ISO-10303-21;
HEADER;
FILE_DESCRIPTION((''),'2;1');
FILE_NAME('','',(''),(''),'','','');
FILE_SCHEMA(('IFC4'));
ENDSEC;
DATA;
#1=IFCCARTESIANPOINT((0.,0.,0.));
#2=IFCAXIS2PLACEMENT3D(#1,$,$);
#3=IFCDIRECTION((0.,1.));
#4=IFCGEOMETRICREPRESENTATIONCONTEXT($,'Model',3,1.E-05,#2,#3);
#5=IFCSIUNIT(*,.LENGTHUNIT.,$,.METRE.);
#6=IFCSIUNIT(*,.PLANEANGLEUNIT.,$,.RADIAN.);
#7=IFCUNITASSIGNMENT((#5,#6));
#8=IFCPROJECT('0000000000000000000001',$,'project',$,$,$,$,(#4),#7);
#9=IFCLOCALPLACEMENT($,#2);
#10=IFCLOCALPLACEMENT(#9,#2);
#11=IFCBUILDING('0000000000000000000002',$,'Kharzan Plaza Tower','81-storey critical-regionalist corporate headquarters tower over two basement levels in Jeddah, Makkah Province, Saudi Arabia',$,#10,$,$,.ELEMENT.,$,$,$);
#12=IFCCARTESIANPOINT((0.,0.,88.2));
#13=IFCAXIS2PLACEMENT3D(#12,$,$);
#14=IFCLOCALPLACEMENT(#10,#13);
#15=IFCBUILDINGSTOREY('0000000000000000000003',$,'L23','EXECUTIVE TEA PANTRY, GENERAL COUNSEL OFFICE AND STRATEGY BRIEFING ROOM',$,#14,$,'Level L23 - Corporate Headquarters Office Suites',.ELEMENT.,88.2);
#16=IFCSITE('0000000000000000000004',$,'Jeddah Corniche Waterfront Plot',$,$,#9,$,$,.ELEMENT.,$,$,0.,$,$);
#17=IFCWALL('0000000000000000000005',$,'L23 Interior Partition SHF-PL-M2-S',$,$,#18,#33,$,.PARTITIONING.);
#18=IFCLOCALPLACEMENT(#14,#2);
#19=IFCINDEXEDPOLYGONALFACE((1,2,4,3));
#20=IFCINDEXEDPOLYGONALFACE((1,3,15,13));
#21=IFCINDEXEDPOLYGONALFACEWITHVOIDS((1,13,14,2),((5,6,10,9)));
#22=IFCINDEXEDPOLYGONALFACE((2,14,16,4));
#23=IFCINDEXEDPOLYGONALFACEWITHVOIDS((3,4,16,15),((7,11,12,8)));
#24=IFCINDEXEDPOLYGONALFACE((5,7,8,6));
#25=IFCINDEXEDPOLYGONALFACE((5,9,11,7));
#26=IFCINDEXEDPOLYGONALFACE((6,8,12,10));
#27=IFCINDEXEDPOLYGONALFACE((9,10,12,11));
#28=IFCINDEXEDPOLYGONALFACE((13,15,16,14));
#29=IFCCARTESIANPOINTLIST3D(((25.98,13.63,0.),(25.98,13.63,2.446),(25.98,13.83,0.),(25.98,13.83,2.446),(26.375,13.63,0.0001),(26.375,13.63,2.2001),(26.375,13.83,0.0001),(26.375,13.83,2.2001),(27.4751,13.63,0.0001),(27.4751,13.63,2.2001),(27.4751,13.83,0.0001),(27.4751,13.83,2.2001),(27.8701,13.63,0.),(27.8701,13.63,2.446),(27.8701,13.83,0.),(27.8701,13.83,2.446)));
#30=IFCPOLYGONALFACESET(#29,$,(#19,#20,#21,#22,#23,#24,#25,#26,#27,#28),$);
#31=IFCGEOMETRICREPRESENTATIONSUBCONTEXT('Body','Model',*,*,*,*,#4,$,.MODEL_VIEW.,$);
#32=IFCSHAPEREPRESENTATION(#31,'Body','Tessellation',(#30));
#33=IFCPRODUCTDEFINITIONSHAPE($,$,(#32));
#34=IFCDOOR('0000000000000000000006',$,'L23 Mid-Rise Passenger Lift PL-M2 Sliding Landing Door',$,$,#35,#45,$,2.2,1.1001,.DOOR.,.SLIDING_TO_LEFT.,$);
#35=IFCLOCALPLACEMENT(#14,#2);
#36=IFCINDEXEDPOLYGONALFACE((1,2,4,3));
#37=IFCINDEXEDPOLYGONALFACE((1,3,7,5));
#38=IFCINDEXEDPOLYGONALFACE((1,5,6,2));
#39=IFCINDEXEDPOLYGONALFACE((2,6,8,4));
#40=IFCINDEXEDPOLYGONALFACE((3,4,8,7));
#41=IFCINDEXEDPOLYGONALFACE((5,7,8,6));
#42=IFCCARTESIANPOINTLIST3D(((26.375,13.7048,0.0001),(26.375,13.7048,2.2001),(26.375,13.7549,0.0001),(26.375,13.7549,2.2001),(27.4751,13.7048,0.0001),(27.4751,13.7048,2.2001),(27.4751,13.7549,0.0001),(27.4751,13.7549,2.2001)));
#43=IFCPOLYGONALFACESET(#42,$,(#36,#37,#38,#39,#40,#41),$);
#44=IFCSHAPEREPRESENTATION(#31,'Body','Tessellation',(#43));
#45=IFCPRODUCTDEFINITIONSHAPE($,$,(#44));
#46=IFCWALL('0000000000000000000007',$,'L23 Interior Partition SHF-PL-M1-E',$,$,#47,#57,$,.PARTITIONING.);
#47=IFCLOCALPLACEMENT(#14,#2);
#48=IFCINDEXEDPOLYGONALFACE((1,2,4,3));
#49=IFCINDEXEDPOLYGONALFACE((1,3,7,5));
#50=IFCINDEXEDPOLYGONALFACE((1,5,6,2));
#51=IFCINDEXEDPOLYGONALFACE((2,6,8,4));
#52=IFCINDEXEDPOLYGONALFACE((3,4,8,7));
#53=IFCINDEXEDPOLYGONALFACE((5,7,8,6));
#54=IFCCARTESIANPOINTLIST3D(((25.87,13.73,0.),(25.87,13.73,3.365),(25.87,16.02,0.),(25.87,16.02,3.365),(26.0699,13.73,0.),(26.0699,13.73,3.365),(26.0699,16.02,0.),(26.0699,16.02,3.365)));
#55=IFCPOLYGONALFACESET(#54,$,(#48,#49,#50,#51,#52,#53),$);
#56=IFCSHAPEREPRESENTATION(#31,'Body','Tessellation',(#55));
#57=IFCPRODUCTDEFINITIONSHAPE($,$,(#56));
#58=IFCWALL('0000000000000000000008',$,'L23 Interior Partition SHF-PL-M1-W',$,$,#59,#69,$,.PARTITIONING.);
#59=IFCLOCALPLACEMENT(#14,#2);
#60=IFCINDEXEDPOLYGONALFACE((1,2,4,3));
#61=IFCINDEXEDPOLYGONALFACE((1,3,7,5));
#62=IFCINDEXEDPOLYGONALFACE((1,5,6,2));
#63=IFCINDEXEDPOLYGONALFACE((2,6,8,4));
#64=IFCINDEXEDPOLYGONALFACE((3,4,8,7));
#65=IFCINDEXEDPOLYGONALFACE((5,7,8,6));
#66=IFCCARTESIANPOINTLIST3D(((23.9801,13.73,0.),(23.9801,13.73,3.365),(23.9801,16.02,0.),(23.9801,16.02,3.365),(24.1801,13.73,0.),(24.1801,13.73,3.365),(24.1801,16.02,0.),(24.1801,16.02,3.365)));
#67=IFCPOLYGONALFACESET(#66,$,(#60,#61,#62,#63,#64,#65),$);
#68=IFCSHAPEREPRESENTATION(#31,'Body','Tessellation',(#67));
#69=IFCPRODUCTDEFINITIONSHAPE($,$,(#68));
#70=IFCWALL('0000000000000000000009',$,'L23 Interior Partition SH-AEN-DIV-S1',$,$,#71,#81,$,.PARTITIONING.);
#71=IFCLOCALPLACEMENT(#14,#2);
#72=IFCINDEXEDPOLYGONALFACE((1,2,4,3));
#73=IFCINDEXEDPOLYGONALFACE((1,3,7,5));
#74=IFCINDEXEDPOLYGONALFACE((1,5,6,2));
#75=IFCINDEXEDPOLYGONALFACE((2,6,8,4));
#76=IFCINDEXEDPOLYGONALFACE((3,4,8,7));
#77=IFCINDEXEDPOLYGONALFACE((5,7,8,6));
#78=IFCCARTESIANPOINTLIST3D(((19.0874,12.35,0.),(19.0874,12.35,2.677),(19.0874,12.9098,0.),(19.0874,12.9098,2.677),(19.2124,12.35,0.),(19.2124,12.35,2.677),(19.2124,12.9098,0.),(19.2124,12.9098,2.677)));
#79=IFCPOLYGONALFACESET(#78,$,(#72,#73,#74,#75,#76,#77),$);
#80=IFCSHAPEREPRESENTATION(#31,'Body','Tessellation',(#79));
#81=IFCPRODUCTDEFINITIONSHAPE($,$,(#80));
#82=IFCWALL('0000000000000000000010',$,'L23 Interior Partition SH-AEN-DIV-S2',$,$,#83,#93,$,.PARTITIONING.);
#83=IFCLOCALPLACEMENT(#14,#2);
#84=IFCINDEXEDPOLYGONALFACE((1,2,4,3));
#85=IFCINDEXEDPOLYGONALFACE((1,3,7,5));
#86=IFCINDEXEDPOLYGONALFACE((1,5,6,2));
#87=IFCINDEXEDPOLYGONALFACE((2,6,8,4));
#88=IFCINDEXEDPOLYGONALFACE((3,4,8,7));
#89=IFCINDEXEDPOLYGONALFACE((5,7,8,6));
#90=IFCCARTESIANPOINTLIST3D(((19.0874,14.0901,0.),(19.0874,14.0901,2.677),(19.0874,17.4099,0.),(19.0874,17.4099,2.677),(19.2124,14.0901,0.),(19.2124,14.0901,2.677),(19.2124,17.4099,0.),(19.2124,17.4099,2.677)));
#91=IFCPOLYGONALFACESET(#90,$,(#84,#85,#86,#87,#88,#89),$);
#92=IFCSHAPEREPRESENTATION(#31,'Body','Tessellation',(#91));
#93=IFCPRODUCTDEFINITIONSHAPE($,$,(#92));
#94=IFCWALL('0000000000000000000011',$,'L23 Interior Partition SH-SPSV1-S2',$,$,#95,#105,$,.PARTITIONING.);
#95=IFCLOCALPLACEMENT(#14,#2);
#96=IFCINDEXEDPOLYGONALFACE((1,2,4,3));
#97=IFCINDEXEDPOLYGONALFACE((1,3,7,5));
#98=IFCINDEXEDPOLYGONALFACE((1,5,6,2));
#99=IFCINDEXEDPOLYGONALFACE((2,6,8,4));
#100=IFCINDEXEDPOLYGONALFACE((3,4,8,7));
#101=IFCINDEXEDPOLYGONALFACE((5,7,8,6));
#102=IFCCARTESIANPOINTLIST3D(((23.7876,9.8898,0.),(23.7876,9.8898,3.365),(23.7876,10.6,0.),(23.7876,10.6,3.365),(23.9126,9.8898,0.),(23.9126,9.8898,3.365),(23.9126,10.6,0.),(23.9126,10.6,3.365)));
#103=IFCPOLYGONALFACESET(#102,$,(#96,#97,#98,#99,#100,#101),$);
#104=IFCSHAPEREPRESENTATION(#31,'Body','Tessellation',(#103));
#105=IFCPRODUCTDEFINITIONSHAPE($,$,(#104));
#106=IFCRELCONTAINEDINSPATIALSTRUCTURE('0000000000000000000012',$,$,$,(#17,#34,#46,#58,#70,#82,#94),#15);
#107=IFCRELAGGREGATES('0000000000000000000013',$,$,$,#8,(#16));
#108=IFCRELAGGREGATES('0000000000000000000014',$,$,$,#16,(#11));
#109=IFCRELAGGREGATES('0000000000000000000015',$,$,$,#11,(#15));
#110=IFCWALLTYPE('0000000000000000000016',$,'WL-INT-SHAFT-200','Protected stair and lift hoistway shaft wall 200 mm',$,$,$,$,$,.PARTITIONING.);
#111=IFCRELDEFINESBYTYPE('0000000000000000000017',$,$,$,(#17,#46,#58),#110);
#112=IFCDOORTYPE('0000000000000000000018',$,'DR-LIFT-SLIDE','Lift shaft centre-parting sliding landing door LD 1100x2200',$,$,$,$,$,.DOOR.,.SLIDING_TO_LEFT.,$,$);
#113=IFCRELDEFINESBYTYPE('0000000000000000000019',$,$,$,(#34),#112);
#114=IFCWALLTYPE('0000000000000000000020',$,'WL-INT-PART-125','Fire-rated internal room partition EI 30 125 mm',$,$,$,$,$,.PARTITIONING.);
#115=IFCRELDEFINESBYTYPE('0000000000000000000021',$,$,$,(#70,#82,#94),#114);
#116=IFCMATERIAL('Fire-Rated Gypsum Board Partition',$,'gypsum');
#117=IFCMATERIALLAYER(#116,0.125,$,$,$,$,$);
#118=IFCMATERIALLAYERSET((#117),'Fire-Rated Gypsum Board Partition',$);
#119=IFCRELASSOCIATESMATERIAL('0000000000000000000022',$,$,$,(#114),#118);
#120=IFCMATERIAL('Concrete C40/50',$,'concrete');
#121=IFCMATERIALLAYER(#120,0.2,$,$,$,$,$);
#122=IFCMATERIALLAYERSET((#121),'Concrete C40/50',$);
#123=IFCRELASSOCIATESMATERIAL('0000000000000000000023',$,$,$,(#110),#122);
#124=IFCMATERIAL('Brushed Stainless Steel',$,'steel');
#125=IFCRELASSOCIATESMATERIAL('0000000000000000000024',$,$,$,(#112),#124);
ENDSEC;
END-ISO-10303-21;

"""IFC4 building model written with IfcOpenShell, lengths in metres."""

from ifc_helpers import new_model, si_unit, direction, frame, frame_2d, origin, place, context, subcontext, project, spatial, rectangle, extrude, source, transform, mapped, material, layer, layer_set, type_object, element, fill, save


model = new_model("IFC4")

# Units and contexts
model_context = context("Model", 3, precision=1e-05, world=origin(), true_north=direction((0.0, 1.0)))
body_context = subcontext(model_context, "Body", "Model", "MODEL_VIEW")
ifc_project = project(units=[si_unit("LENGTHUNIT", "METRE"), si_unit("PLANEANGLEUNIT", "RADIAN")], contexts=[model_context])

# Site, building, storey
site_placement = place(None, origin())
site = spatial("IfcSite", under=ifc_project, at=site_placement, Name="Jeddah Corniche Waterfront Plot", CompositionType="ELEMENT", RefElevation=0.0)
building_placement = place(site_placement, origin())
building = spatial("IfcBuilding", under=site, at=building_placement, Name="Kharzan Plaza Tower", Description="81-storey critical-regionalist corporate headquarters tower over two basement levels in Jeddah, Makkah Province, Saudi Arabia", CompositionType="ELEMENT")
storey_placement = place(building_placement, frame((0.0, 0.0, 88.2)))
storey = spatial("IfcBuildingStorey", under=building, at=storey_placement, Name="L23", Description="EXECUTIVE TEA PANTRY, GENERAL COUNSEL OFFICE AND STRATEGY BRIEFING ROOM", LongName="Level L23 - Corporate Headquarters Office Suites", CompositionType="ELEMENT", Elevation=88.2)

# Wall, opening, door
ifc_material_1 = material(Name="Fire-Rated Gypsum Board Partition", Category="gypsum")
ifc_layer_1 = layer(ifc_material_1, 0.125)
ifc_layer_set_1 = layer_set([ifc_layer_1], Name="Fire-Rated Gypsum Board Partition")
wall_type_1 = type_object("IfcWallType", Name="WL-INT-PART-125", Description="Fire-rated internal room partition EI 30 125 mm", PredefinedType="PARTITIONING", material=ifc_layer_set_1)
ifc_material_2 = material(Name="Concrete C40/50", Category="concrete")
ifc_layer_2 = layer(ifc_material_2, 0.2)
ifc_layer_set_2 = layer_set([ifc_layer_2], Name="Concrete C40/50")
wall_type_2 = type_object("IfcWallType", Name="WL-INT-SHAFT-200", Description="Protected stair and lift hoistway shaft wall 200 mm", PredefinedType="PARTITIONING", material=ifc_layer_set_2)
ifc_material_3 = material(Name="Brushed Stainless Steel", Category="steel")
door_type_1 = type_object("IfcDoorType", Name="DR-LIFT-SLIDE", Description="Lift shaft centre-parting sliding landing door LD 1100x2200", OperationType="SLIDING_TO_LEFT", PredefinedType="DOOR", material=ifc_material_3)
shared_shape_1 = source(origin(), body_context, "Body", "SweptSolid", [
    extrude(rectangle(XDim=1.1001, YDim=2.2, at=frame_2d((0.55, 1.1001))), frame((0.0, 0.0249, 0.0), z_axis=(0.0, -1.0, 0.0), x_axis=(1.0, 0.0, 0.0)), (0.0, 0.0, 1.0), 0.05),
])
wall_1_placement = place(storey_placement, frame((25.98, 13.73, 0.0), z_axis=(0.0, 0.0, 1.0), x_axis=(1.0, 0.0, 0.0)))
wall_1 = element("IfcWall", 1, at=wall_1_placement, inside=storey, type_object=wall_type_2, Name="L23 Interior Partition SHF-PL-M2-S", PredefinedType="PARTITIONING", context=body_context, shape_type="SweptSolid", body=[
    extrude(rectangle(XDim=1.8901, YDim=0.2, at=frame_2d((0.9451, 0.0))), origin(), (0.0, 0.0, 1.0), 2.446),
])
opening_1_placement = place(wall_1_placement, frame((0.395, 0.0, 0.0)))
opening_1 = element("IfcOpeningElement", 2, at=opening_1_placement, cuts=wall_1, PredefinedType="OPENING", context=body_context, shape_type="SweptSolid", body=[
    extrude(rectangle(XDim=1.1001, YDim=2.2, at=frame_2d((0.55, 1.1001))), frame((0.0, 0.1099, 0.0), z_axis=(0.0, -1.0, 0.0), x_axis=(1.0, 0.0, 0.0)), (0.0, 0.0, 1.0), 0.22),
])
door_1_placement = place(opening_1_placement, origin())
door_1 = element("IfcDoor", 3, at=door_1_placement, inside=storey, type_object=door_type_1, Name="L23 Mid-Rise Passenger Lift PL-M2 Sliding Landing Door", OperationType="SLIDING_TO_LEFT", OverallHeight=2.2, OverallWidth=1.1001, PredefinedType="DOOR", context=body_context, shape_type="MappedRepresentation", body=[
    mapped(shared_shape_1, transform((0.0, 0.0, 0.0), x_axis=(1.0, 0.0, 0.0), y_axis=(0.0, 1.0, 0.0), z_axis=(0.0, 0.0, 1.0))),
])
fill(opening_1, door_1)

# Walls
shared_shape_2 = source(origin(), body_context, "Body", "SweptSolid", [
    extrude(rectangle(XDim=2.29, YDim=0.2, at=frame_2d((1.145, 0.0))), origin(), (0.0, 0.0, 1.0), 3.365),
])
for number, where, z_axis, x_axis, name in (
    (4, (25.97, 13.73, 0.0), (0.0, 0.0, 1.0), (0.0, 1.0, 0.0), "L23 Interior Partition SHF-PL-M1-E"),
    (5, (24.0801, 13.73, 0.0), (0.0, 0.0, 1.0), (0.0, 1.0, 0.0), "L23 Interior Partition SHF-PL-M1-W"),
):
    element("IfcWall", number, at=place(storey_placement, frame(where, z_axis=z_axis, x_axis=x_axis)), inside=storey, type_object=wall_type_2, Name=name, PredefinedType="PARTITIONING", context=body_context, shape_type="MappedRepresentation", body=[
        mapped(shared_shape_2, transform((0.0, 0.0, 0.0), x_axis=(1.0, 0.0, 0.0), y_axis=(0.0, 1.0, 0.0), z_axis=(0.0, 0.0, 1.0))),
    ])
shared_shape_3 = source(origin(), body_context, "Body", "SweptSolid", [
    extrude(rectangle(XDim=0.5598, YDim=0.125, at=frame_2d((0.2798, 0.0))), origin(), (0.0, 0.0, 1.0), 2.677),
])
wall_2_placement = place(storey_placement, frame((19.1499, 12.3501, 0.0), z_axis=(0.0, 0.0, 1.0), x_axis=(0.0, 1.0, 0.0)))
element("IfcWall", 6, at=wall_2_placement, inside=storey, type_object=wall_type_1, Name="L23 Interior Partition SH-AEN-DIV-S1", PredefinedType="PARTITIONING", context=body_context, shape_type="MappedRepresentation", body=[
    mapped(shared_shape_3, transform((0.0, 0.0, 0.0), x_axis=(1.0, 0.0, 0.0), y_axis=(0.0, 1.0, 0.0), z_axis=(0.0, 0.0, 1.0))),
])
shared_shape_4 = source(origin(), body_context, "Body", "SweptSolid", [
    extrude(rectangle(XDim=3.3198, YDim=0.125, at=frame_2d((1.6599, 0.0))), origin(), (0.0, 0.0, 1.0), 2.677),
])
wall_3_placement = place(storey_placement, frame((19.1499, 14.0901, 0.0), z_axis=(0.0, 0.0, 1.0), x_axis=(0.0, 1.0, 0.0)))
element("IfcWall", 7, at=wall_3_placement, inside=storey, type_object=wall_type_1, Name="L23 Interior Partition SH-AEN-DIV-S2", PredefinedType="PARTITIONING", context=body_context, shape_type="MappedRepresentation", body=[
    mapped(shared_shape_4, transform((0.0, 0.0, 0.0), x_axis=(1.0, 0.0, 0.0), y_axis=(0.0, 1.0, 0.0), z_axis=(0.0, 0.0, 1.0))),
])
shared_shape_5 = source(origin(), body_context, "Body", "SweptSolid", [
    extrude(rectangle(XDim=0.7102, YDim=0.125, at=frame_2d((0.355, 0.0))), origin(), (0.0, 0.0, 1.0), 3.365),
])
wall_4_placement = place(storey_placement, frame((23.8501, 9.8899, 0.0), z_axis=(0.0, 0.0, 1.0), x_axis=(0.0, 1.0, 0.0)))
element("IfcWall", 8, at=wall_4_placement, inside=storey, type_object=wall_type_1, Name="L23 Interior Partition SH-SPSV1-S2", PredefinedType="PARTITIONING", context=body_context, shape_type="MappedRepresentation", body=[
    mapped(shared_shape_5, transform((0.0, 0.0, 0.0), x_axis=(1.0, 0.0, 0.0), y_axis=(0.0, 1.0, 0.0), z_axis=(0.0, 0.0, 1.0))),
])

save(model, "model.ifc")
